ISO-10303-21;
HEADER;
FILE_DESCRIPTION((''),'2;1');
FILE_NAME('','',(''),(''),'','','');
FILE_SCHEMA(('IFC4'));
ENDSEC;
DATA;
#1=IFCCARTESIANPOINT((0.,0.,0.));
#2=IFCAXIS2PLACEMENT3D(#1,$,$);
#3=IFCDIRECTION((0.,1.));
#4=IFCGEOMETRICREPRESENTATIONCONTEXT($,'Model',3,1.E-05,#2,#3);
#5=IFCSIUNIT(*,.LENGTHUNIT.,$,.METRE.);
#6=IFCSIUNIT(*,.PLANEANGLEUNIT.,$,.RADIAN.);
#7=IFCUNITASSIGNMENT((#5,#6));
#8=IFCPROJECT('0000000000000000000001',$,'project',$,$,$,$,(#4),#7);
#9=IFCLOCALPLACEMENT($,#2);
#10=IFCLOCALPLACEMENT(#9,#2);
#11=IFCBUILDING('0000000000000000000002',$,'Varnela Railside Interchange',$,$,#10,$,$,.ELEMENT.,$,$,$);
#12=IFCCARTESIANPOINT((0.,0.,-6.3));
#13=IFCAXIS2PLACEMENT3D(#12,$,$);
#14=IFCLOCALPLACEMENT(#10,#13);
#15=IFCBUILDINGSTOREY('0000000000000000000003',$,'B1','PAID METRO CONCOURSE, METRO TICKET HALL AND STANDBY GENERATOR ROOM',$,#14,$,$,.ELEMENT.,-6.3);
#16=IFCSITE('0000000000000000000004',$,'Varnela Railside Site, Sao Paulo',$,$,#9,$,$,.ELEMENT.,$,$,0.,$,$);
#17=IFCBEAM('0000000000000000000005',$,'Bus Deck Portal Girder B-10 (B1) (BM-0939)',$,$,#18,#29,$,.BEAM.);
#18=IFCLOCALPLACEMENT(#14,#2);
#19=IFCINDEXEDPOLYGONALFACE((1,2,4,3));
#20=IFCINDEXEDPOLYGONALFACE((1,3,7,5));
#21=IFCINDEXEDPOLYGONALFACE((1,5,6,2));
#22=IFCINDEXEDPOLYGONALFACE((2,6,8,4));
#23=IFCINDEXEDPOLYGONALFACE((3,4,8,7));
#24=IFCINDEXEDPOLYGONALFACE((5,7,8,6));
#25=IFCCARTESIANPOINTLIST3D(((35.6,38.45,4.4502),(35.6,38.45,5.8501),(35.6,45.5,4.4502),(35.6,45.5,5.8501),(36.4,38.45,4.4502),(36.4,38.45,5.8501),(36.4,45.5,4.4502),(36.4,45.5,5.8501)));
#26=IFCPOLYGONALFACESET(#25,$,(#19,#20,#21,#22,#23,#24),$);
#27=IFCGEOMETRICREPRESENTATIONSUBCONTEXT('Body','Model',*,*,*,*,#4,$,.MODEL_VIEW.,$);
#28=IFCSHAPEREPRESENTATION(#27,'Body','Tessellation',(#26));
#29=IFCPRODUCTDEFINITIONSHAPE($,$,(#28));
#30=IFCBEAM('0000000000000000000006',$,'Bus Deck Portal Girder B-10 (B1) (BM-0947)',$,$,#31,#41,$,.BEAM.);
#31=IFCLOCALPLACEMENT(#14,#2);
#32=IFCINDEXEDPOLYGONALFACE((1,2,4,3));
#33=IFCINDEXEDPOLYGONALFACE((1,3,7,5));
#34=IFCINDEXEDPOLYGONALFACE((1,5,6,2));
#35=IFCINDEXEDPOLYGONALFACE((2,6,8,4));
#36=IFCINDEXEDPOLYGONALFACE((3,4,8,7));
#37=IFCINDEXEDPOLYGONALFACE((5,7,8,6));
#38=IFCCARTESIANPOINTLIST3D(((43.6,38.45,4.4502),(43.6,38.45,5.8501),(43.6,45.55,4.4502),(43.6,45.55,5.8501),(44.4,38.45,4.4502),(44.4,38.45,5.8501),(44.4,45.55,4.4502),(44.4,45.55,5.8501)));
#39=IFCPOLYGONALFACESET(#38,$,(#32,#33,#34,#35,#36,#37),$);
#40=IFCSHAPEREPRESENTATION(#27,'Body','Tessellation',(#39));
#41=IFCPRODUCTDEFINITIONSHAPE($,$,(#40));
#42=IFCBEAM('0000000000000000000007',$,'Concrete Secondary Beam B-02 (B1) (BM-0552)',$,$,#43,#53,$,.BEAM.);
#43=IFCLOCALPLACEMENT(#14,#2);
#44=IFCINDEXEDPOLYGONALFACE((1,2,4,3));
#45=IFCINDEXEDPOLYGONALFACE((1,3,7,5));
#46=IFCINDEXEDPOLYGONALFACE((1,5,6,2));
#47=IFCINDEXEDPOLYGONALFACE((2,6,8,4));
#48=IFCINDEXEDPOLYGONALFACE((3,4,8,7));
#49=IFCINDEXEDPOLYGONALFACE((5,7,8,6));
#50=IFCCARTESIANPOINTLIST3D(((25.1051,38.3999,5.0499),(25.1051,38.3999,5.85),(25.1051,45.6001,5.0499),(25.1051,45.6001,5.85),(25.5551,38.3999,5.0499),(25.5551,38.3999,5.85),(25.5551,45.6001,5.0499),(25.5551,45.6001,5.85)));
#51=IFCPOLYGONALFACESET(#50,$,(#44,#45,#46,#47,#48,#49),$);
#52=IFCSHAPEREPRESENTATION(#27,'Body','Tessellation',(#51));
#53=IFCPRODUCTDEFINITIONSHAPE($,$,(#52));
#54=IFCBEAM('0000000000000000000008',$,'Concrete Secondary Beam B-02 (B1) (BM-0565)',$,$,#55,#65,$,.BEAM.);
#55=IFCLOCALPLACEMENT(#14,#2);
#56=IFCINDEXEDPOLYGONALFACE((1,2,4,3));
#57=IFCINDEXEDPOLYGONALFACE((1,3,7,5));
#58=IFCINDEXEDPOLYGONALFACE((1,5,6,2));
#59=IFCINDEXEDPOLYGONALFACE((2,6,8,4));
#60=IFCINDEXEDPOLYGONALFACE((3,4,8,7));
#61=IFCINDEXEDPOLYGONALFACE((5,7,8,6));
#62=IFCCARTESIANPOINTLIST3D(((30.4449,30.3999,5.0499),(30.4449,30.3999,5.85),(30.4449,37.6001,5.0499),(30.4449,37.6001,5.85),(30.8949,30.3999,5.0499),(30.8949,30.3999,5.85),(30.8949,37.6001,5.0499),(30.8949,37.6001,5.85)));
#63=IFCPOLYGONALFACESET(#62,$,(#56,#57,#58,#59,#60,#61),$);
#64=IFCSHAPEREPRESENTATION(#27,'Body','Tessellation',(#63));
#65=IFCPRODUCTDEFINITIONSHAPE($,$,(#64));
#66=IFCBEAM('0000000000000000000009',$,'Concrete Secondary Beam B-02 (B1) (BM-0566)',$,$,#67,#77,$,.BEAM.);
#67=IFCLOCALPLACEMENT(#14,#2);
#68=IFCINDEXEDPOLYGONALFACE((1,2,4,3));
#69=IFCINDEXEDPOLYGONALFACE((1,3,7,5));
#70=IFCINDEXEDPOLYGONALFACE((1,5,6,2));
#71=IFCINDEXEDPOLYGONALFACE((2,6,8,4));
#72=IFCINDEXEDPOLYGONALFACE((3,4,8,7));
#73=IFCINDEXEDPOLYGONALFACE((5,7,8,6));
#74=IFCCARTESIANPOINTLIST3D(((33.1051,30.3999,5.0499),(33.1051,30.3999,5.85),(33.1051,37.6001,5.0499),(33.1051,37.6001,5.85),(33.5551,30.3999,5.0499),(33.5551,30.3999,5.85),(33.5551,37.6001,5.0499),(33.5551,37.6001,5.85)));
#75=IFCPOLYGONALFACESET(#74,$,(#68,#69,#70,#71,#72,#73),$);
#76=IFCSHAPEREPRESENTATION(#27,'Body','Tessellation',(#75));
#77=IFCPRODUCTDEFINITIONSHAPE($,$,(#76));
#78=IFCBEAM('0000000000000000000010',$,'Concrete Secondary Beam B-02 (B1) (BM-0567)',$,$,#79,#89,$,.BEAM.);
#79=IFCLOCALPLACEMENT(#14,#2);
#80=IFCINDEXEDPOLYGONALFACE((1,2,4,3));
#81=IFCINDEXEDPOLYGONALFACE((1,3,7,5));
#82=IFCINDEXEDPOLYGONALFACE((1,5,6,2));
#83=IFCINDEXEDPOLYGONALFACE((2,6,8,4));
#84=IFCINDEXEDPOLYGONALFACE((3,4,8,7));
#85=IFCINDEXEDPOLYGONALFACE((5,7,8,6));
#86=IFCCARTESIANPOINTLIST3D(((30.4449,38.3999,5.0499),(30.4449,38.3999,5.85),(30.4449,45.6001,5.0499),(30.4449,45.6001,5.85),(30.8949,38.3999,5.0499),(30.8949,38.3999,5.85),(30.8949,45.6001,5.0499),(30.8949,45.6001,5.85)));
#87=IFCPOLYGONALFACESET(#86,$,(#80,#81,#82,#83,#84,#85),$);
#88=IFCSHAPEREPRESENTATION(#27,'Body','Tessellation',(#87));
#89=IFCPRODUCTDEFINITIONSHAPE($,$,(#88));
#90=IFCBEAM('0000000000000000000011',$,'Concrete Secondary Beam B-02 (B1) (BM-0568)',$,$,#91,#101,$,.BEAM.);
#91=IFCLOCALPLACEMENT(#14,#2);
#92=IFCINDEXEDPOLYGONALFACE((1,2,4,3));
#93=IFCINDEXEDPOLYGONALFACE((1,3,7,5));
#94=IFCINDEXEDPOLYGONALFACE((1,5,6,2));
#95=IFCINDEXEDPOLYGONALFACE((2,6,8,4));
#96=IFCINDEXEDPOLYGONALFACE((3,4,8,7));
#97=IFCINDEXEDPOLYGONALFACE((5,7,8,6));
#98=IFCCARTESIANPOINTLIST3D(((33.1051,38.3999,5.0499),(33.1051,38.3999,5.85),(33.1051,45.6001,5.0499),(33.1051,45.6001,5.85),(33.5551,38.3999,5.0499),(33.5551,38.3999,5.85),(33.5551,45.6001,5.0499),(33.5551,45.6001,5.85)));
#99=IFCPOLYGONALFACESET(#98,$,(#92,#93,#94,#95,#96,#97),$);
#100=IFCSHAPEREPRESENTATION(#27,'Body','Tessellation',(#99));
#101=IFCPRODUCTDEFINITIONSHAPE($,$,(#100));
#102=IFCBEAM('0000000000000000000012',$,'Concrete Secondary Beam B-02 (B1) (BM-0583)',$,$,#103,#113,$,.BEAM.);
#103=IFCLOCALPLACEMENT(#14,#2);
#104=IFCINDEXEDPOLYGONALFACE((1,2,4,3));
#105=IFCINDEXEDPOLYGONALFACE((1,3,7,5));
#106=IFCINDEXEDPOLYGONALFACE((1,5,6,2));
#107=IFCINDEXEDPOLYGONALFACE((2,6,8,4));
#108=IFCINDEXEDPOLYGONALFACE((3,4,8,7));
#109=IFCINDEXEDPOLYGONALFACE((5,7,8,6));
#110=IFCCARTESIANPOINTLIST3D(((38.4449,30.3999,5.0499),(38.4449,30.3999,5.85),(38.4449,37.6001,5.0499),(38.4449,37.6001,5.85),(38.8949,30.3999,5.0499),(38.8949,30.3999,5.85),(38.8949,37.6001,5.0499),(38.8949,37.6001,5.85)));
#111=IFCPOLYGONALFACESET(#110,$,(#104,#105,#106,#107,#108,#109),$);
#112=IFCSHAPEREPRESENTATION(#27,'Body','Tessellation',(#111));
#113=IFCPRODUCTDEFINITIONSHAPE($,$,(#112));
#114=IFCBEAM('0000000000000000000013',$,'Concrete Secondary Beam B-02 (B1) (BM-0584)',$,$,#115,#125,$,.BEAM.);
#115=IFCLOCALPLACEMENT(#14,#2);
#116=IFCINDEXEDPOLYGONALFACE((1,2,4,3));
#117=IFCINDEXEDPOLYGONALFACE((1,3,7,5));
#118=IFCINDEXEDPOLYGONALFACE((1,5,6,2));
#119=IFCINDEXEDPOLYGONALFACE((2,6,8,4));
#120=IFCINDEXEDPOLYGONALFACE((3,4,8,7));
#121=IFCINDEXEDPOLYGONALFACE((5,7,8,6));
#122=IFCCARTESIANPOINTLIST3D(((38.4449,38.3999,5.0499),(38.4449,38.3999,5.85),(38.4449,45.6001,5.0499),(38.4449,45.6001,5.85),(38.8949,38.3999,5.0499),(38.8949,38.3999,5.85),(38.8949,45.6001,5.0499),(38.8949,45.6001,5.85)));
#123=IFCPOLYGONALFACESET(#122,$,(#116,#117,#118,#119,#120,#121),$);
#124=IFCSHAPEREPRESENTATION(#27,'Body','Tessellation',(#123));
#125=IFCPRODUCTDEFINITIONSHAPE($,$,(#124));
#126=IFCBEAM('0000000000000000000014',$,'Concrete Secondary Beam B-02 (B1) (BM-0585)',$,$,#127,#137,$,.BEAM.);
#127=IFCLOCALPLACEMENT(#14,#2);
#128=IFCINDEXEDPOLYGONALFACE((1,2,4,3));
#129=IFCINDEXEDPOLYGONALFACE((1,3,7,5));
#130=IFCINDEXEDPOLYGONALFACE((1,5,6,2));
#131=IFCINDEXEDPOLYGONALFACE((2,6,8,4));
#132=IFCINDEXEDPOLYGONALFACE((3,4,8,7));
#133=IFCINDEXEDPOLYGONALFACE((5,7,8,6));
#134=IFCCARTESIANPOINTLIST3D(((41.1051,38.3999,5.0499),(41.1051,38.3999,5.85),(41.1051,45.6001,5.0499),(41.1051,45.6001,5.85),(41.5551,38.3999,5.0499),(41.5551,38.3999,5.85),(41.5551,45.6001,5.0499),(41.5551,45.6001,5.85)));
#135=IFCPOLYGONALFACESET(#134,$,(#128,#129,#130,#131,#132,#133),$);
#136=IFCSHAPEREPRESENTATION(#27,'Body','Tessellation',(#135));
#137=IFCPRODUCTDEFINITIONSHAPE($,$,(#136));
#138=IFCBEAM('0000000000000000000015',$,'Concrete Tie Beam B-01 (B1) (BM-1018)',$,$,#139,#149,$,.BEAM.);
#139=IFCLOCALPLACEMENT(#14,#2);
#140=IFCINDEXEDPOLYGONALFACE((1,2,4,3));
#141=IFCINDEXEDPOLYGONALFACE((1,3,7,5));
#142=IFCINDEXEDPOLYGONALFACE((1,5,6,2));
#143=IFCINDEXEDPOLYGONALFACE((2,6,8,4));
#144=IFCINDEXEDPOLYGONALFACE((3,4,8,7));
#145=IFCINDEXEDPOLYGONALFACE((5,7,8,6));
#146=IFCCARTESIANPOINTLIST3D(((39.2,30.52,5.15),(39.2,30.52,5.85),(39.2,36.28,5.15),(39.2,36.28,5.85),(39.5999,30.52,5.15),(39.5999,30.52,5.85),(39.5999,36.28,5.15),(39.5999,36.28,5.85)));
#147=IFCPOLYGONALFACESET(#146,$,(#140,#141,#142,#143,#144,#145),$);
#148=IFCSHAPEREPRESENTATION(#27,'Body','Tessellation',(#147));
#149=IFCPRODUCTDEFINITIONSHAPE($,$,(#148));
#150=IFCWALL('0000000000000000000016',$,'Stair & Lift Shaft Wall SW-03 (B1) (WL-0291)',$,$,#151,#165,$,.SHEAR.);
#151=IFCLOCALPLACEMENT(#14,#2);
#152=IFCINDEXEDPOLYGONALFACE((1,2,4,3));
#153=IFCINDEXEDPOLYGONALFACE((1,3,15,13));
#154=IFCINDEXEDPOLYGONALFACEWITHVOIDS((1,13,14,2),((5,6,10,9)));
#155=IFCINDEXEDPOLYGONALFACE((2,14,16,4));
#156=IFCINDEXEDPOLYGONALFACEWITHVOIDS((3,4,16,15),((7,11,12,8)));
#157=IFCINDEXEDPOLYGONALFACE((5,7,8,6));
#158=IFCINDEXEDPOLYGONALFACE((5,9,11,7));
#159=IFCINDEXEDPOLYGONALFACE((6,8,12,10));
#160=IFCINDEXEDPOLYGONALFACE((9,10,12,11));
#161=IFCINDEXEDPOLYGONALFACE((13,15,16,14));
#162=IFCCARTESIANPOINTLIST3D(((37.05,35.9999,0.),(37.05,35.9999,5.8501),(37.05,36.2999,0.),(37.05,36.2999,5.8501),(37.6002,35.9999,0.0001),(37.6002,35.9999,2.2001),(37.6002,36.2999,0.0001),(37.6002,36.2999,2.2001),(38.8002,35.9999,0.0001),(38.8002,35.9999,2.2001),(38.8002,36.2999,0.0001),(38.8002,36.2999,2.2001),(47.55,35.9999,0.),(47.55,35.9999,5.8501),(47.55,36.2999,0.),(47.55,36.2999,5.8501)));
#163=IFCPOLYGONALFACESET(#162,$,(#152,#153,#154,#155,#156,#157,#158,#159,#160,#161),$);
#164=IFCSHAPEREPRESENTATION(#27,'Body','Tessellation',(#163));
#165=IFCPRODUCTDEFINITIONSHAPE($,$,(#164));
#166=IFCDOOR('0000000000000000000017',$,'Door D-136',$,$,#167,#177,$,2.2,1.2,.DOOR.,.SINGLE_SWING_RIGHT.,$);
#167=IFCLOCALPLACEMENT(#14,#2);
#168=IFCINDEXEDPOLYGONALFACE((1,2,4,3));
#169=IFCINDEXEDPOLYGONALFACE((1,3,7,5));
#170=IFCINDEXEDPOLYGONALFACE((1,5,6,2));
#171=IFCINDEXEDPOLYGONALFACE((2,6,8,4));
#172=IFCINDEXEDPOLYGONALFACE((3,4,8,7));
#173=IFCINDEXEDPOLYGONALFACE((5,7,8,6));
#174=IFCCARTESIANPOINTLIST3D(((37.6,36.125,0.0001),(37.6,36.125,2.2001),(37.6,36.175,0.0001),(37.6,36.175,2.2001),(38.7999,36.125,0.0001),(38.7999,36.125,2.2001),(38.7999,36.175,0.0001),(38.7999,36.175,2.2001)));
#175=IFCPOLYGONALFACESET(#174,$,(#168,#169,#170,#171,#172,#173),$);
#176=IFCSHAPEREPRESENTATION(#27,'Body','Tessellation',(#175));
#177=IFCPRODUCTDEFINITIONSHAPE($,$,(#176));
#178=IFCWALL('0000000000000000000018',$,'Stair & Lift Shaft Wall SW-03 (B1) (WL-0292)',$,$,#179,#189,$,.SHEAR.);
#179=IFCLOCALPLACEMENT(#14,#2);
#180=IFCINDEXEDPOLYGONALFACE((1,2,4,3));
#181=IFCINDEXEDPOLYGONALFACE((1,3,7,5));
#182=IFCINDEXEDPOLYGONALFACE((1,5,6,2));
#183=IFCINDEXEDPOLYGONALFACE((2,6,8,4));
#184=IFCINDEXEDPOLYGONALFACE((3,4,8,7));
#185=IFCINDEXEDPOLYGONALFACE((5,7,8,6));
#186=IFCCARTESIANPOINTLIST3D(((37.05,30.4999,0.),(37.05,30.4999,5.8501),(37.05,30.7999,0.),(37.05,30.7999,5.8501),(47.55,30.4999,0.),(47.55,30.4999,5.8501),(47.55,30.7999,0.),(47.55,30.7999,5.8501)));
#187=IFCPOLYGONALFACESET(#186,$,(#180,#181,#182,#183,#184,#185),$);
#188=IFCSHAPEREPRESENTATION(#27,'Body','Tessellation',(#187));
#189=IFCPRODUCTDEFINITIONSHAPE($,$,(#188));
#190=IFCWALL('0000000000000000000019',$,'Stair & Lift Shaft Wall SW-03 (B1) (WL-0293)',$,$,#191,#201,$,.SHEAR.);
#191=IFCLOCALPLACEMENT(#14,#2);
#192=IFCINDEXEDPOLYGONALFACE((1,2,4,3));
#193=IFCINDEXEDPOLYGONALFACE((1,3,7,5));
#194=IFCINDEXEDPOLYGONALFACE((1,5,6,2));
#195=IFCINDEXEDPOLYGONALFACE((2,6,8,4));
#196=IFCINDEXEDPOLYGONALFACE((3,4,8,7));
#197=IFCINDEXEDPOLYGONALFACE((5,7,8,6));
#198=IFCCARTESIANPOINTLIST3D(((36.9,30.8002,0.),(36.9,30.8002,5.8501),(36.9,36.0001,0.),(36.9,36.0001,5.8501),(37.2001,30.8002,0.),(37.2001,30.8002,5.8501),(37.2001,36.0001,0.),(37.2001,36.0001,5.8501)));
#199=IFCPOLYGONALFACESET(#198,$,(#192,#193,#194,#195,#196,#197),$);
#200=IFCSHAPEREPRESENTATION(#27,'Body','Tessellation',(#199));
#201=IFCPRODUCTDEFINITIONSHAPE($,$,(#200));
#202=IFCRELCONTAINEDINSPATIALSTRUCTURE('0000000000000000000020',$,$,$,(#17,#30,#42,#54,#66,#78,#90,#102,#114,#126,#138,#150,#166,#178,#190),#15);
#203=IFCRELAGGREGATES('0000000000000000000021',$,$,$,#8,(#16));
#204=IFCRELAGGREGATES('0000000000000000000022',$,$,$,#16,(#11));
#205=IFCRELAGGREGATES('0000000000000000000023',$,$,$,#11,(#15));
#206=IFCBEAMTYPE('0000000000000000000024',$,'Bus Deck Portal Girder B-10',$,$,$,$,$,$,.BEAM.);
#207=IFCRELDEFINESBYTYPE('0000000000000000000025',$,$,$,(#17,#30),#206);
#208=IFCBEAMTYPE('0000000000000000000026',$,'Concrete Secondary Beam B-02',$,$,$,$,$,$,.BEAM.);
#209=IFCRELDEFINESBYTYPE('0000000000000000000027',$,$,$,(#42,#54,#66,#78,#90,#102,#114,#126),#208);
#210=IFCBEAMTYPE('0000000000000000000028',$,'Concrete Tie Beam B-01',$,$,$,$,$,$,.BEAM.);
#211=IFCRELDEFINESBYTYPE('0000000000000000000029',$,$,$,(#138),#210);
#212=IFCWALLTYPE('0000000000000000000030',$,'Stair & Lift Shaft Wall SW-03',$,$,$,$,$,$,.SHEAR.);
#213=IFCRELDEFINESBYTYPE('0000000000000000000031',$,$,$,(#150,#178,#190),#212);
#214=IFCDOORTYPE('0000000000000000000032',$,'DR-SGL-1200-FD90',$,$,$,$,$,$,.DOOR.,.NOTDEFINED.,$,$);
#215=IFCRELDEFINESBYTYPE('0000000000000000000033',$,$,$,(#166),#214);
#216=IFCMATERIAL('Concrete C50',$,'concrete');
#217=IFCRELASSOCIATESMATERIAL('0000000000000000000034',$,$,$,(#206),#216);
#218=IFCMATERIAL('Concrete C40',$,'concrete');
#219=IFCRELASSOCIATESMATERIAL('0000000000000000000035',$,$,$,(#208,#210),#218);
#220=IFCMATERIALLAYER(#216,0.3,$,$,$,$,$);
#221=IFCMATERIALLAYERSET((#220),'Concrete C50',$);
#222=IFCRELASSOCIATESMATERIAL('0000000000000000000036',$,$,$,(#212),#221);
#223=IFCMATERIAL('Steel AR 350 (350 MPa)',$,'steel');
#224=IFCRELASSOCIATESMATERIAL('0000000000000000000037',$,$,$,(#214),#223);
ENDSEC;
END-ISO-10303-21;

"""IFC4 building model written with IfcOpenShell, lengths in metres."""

from ifc_helpers import new_model, si_unit, direction, frame, frame_2d, origin, origin_2d, place, context, subcontext, project, spatial, rectangle, extrude, material, layer, layer_set, material_profile, profile_set, type_object, element, fill, save


model = new_model("IFC4")

# Units and contexts
model_context = context("Model", 3, precision=1e-05, world=origin(), true_north=direction((0.0, 1.0)))
body_context = subcontext(model_context, "Body", "Model", "MODEL_VIEW")
ifc_project = project(units=[si_unit("LENGTHUNIT", "METRE"), si_unit("PLANEANGLEUNIT", "RADIAN")], contexts=[model_context])

# Site, building, storey
site_placement = place(None, origin())
site = spatial("IfcSite", under=ifc_project, at=site_placement, Name="Varnela Railside Site, Sao Paulo", CompositionType="ELEMENT", RefElevation=0.0)
building_placement = place(site_placement, origin())
building = spatial("IfcBuilding", under=site, at=building_placement, Name="Varnela Railside Interchange", CompositionType="ELEMENT")
storey_placement = place(building_placement, frame((0.0, 0.0, -6.3)))
storey = spatial("IfcBuildingStorey", under=building, at=storey_placement, Name="B1", Description="PAID METRO CONCOURSE, METRO TICKET HALL AND STANDBY GENERATOR ROOM", CompositionType="ELEMENT", Elevation=-6.3)

# Shared definitions
ifc_material_1 = material(Name="Concrete C50", Category="concrete")

# Beams
ifc_material_profile_1 = material_profile(ifc_material_1, rectangle(XDim=0.8, YDim=1.3999, at=origin_2d()), Name="RC 800x1400")
ifc_profile_set_1 = profile_set([ifc_material_profile_1], Name="Concrete C50")
beam_type_1 = type_object("IfcBeamType", Name="Bus Deck Portal Girder B-10", PredefinedType="BEAM", material=ifc_profile_set_1)
beam_1_placement = place(storey_placement, frame((36.0, 38.45, 5.1501), z_axis=(0.0, 1.0, 0.0), x_axis=(-1.0, 0.0, 0.0)))
element("IfcBeam", 1, at=beam_1_placement, inside=storey, type_object=beam_type_1, Name="Bus Deck Portal Girder B-10 (B1) (BM-0939)", PredefinedType="BEAM", context=body_context, shape_type="SweptSolid", body=[
    extrude(rectangle(XDim=0.8, YDim=1.3999, at=origin_2d()), origin(), (0.0, 0.0, 1.0), 7.05),
])
beam_2_placement = place(storey_placement, frame((44.0, 38.45, 5.1501), z_axis=(0.0, 1.0, 0.0), x_axis=(-1.0, 0.0, 0.0)))
element("IfcBeam", 2, at=beam_2_placement, inside=storey, type_object=beam_type_1, Name="Bus Deck Portal Girder B-10 (B1) (BM-0947)", PredefinedType="BEAM", context=body_context, shape_type="SweptSolid", body=[
    extrude(rectangle(XDim=0.8, YDim=1.3999, at=origin_2d()), origin(), (0.0, 0.0, 1.0), 7.1001),
])
ifc_material_2 = material(Name="Concrete C40", Category="concrete")
ifc_material_profile_2 = material_profile(ifc_material_2, rectangle(XDim=0.45, YDim=0.8, at=origin_2d()), Name="RC 450x800")
ifc_profile_set_2 = profile_set([ifc_material_profile_2], Name="Concrete C40")
beam_type_2 = type_object("IfcBeamType", Name="Concrete Secondary Beam B-02", PredefinedType="BEAM", material=ifc_profile_set_2)
for number, where, z_axis, x_axis, name in (
    (3, (25.3301, 38.3999, 5.45), (0.0, 1.0, 0.0), (-1.0, 0.0, 0.0), "Concrete Secondary Beam B-02 (B1) (BM-0552)"),
    (4, (30.6699, 30.3999, 5.45), (0.0, 1.0, 0.0), (-1.0, 0.0, 0.0), "Concrete Secondary Beam B-02 (B1) (BM-0565)"),
    (5, (33.3301, 30.3999, 5.45), (0.0, 1.0, 0.0), (-1.0, 0.0, 0.0), "Concrete Secondary Beam B-02 (B1) (BM-0566)"),
    (6, (30.6699, 38.3999, 5.45), (0.0, 1.0, 0.0), (-1.0, 0.0, 0.0), "Concrete Secondary Beam B-02 (B1) (BM-0567)"),
    (7, (33.3301, 38.3999, 5.45), (0.0, 1.0, 0.0), (-1.0, 0.0, 0.0), "Concrete Secondary Beam B-02 (B1) (BM-0568)"),
    (8, (38.6699, 30.3999, 5.45), (0.0, 1.0, 0.0), (-1.0, 0.0, 0.0), "Concrete Secondary Beam B-02 (B1) (BM-0583)"),
    (9, (38.6699, 38.3999, 5.45), (0.0, 1.0, 0.0), (-1.0, 0.0, 0.0), "Concrete Secondary Beam B-02 (B1) (BM-0584)"),
    (10, (41.3301, 38.3999, 5.45), (0.0, 1.0, 0.0), (-1.0, 0.0, 0.0), "Concrete Secondary Beam B-02 (B1) (BM-0585)"),
):
    element("IfcBeam", number, at=place(storey_placement, frame(where, z_axis=z_axis, x_axis=x_axis)), inside=storey, type_object=beam_type_2, Name=name, PredefinedType="BEAM", context=body_context, shape_type="SweptSolid", body=[
        extrude(rectangle(XDim=0.45, YDim=0.8, at=origin_2d()), origin(), (0.0, 0.0, 1.0), 7.2002),
    ])
ifc_material_profile_3 = material_profile(ifc_material_2, rectangle(XDim=0.3999, YDim=0.7, at=origin_2d()), Name="RC 400x700")
ifc_profile_set_3 = profile_set([ifc_material_profile_3], Name="Concrete C40")
beam_type_3 = type_object("IfcBeamType", Name="Concrete Tie Beam B-01", PredefinedType="BEAM", material=ifc_profile_set_3)
beam_3_placement = place(storey_placement, frame((39.3999, 30.52, 5.5), z_axis=(0.0, 1.0, 0.0), x_axis=(-1.0, 0.0, 0.0)))
element("IfcBeam", 11, at=beam_3_placement, inside=storey, type_object=beam_type_3, Name="Concrete Tie Beam B-01 (B1) (BM-1018)", PredefinedType="BEAM", context=body_context, shape_type="SweptSolid", body=[
    extrude(rectangle(XDim=0.3999, YDim=0.7, at=origin_2d()), origin(), (0.0, 0.0, 1.0), 5.76),
])

# Wall, opening, door
ifc_layer = layer(ifc_material_1, 0.3)
ifc_layer_set = layer_set([ifc_layer], Name="Concrete C50")
wall_type = type_object("IfcWallType", Name="Stair & Lift Shaft Wall SW-03", PredefinedType="SHEAR", material=ifc_layer_set)
wall_1_placement = place(storey_placement, frame((37.05, 36.1499, 0.0), z_axis=(0.0, 0.0, 1.0), x_axis=(1.0, 0.0, 0.0)))
wall_1 = element("IfcWall", 12, at=wall_1_placement, inside=storey, type_object=wall_type, Name="Stair & Lift Shaft Wall SW-03 (B1) (WL-0291)", PredefinedType="SHEAR", context=body_context, shape_type="SweptSolid", body=[
    extrude(rectangle(XDim=10.5, YDim=0.3, at=frame_2d((5.25, 0.0))), origin(), (0.0, 0.0, 1.0), 5.8501),
])
opening_placement = place(wall_1_placement, frame((0.55, 0.0, 0.0)))
opening = element("IfcOpeningElement", 13, at=opening_placement, cuts=wall_1, PredefinedType="OPENING", context=body_context, shape_type="SweptSolid", body=[
    extrude(rectangle(XDim=1.2, YDim=2.2, at=frame_2d((0.6001, 1.1001))), frame((0.0, 0.1599, 0.0), z_axis=(0.0, -1.0, 0.0), x_axis=(1.0, 0.0, 0.0)), (0.0, 0.0, 1.0), 0.3201),
])
ifc_material_3 = material(Name="Steel AR 350 (350 MPa)", Category="steel")
door_type = type_object("IfcDoorType", Name="DR-SGL-1200-FD90", OperationType="NOTDEFINED", PredefinedType="DOOR", material=ifc_material_3)
door_placement = place(opening_placement, frame((1.2, 0.0, 0.0), z_axis=(0.0, 0.0, 1.0), x_axis=(-1.0, 0.0, 0.0)))
door = element("IfcDoor", 14, at=door_placement, inside=storey, type_object=door_type, Name="Door D-136", OperationType="SINGLE_SWING_RIGHT", OverallHeight=2.2, OverallWidth=1.2, PredefinedType="DOOR", context=body_context, shape_type="SweptSolid", body=[
    extrude(rectangle(XDim=1.2, YDim=2.2, at=frame_2d((0.6001, 1.1001))), frame((0.0, 0.0249, 0.0), z_axis=(0.0, -1.0, 0.0), x_axis=(1.0, 0.0, 0.0)), (0.0, 0.0, 1.0), 0.05),
])
fill(opening, door)

# Walls
wall_2_placement = place(storey_placement, frame((37.05, 30.6499, 0.0), z_axis=(0.0, 0.0, 1.0), x_axis=(1.0, 0.0, 0.0)))
element("IfcWall", 15, at=wall_2_placement, inside=storey, type_object=wall_type, Name="Stair & Lift Shaft Wall SW-03 (B1) (WL-0292)", PredefinedType="SHEAR", context=body_context, shape_type="SweptSolid", body=[
    extrude(rectangle(XDim=10.5, YDim=0.3, at=frame_2d((5.25, 0.0))), origin(), (0.0, 0.0, 1.0), 5.8501),
])
wall_3_placement = place(storey_placement, frame((37.05, 30.8, 0.0), z_axis=(0.0, 0.0, 1.0), x_axis=(0.0, 1.0, 0.0)))
element("IfcWall", 16, at=wall_3_placement, inside=storey, type_object=wall_type, Name="Stair & Lift Shaft Wall SW-03 (B1) (WL-0293)", PredefinedType="SHEAR", context=body_context, shape_type="SweptSolid", body=[
    extrude(rectangle(XDim=5.2, YDim=0.3, at=frame_2d((2.6001, 0.0))), origin(), (0.0, 0.0, 1.0), 5.8501),
])

save(model, "model.ifc")
